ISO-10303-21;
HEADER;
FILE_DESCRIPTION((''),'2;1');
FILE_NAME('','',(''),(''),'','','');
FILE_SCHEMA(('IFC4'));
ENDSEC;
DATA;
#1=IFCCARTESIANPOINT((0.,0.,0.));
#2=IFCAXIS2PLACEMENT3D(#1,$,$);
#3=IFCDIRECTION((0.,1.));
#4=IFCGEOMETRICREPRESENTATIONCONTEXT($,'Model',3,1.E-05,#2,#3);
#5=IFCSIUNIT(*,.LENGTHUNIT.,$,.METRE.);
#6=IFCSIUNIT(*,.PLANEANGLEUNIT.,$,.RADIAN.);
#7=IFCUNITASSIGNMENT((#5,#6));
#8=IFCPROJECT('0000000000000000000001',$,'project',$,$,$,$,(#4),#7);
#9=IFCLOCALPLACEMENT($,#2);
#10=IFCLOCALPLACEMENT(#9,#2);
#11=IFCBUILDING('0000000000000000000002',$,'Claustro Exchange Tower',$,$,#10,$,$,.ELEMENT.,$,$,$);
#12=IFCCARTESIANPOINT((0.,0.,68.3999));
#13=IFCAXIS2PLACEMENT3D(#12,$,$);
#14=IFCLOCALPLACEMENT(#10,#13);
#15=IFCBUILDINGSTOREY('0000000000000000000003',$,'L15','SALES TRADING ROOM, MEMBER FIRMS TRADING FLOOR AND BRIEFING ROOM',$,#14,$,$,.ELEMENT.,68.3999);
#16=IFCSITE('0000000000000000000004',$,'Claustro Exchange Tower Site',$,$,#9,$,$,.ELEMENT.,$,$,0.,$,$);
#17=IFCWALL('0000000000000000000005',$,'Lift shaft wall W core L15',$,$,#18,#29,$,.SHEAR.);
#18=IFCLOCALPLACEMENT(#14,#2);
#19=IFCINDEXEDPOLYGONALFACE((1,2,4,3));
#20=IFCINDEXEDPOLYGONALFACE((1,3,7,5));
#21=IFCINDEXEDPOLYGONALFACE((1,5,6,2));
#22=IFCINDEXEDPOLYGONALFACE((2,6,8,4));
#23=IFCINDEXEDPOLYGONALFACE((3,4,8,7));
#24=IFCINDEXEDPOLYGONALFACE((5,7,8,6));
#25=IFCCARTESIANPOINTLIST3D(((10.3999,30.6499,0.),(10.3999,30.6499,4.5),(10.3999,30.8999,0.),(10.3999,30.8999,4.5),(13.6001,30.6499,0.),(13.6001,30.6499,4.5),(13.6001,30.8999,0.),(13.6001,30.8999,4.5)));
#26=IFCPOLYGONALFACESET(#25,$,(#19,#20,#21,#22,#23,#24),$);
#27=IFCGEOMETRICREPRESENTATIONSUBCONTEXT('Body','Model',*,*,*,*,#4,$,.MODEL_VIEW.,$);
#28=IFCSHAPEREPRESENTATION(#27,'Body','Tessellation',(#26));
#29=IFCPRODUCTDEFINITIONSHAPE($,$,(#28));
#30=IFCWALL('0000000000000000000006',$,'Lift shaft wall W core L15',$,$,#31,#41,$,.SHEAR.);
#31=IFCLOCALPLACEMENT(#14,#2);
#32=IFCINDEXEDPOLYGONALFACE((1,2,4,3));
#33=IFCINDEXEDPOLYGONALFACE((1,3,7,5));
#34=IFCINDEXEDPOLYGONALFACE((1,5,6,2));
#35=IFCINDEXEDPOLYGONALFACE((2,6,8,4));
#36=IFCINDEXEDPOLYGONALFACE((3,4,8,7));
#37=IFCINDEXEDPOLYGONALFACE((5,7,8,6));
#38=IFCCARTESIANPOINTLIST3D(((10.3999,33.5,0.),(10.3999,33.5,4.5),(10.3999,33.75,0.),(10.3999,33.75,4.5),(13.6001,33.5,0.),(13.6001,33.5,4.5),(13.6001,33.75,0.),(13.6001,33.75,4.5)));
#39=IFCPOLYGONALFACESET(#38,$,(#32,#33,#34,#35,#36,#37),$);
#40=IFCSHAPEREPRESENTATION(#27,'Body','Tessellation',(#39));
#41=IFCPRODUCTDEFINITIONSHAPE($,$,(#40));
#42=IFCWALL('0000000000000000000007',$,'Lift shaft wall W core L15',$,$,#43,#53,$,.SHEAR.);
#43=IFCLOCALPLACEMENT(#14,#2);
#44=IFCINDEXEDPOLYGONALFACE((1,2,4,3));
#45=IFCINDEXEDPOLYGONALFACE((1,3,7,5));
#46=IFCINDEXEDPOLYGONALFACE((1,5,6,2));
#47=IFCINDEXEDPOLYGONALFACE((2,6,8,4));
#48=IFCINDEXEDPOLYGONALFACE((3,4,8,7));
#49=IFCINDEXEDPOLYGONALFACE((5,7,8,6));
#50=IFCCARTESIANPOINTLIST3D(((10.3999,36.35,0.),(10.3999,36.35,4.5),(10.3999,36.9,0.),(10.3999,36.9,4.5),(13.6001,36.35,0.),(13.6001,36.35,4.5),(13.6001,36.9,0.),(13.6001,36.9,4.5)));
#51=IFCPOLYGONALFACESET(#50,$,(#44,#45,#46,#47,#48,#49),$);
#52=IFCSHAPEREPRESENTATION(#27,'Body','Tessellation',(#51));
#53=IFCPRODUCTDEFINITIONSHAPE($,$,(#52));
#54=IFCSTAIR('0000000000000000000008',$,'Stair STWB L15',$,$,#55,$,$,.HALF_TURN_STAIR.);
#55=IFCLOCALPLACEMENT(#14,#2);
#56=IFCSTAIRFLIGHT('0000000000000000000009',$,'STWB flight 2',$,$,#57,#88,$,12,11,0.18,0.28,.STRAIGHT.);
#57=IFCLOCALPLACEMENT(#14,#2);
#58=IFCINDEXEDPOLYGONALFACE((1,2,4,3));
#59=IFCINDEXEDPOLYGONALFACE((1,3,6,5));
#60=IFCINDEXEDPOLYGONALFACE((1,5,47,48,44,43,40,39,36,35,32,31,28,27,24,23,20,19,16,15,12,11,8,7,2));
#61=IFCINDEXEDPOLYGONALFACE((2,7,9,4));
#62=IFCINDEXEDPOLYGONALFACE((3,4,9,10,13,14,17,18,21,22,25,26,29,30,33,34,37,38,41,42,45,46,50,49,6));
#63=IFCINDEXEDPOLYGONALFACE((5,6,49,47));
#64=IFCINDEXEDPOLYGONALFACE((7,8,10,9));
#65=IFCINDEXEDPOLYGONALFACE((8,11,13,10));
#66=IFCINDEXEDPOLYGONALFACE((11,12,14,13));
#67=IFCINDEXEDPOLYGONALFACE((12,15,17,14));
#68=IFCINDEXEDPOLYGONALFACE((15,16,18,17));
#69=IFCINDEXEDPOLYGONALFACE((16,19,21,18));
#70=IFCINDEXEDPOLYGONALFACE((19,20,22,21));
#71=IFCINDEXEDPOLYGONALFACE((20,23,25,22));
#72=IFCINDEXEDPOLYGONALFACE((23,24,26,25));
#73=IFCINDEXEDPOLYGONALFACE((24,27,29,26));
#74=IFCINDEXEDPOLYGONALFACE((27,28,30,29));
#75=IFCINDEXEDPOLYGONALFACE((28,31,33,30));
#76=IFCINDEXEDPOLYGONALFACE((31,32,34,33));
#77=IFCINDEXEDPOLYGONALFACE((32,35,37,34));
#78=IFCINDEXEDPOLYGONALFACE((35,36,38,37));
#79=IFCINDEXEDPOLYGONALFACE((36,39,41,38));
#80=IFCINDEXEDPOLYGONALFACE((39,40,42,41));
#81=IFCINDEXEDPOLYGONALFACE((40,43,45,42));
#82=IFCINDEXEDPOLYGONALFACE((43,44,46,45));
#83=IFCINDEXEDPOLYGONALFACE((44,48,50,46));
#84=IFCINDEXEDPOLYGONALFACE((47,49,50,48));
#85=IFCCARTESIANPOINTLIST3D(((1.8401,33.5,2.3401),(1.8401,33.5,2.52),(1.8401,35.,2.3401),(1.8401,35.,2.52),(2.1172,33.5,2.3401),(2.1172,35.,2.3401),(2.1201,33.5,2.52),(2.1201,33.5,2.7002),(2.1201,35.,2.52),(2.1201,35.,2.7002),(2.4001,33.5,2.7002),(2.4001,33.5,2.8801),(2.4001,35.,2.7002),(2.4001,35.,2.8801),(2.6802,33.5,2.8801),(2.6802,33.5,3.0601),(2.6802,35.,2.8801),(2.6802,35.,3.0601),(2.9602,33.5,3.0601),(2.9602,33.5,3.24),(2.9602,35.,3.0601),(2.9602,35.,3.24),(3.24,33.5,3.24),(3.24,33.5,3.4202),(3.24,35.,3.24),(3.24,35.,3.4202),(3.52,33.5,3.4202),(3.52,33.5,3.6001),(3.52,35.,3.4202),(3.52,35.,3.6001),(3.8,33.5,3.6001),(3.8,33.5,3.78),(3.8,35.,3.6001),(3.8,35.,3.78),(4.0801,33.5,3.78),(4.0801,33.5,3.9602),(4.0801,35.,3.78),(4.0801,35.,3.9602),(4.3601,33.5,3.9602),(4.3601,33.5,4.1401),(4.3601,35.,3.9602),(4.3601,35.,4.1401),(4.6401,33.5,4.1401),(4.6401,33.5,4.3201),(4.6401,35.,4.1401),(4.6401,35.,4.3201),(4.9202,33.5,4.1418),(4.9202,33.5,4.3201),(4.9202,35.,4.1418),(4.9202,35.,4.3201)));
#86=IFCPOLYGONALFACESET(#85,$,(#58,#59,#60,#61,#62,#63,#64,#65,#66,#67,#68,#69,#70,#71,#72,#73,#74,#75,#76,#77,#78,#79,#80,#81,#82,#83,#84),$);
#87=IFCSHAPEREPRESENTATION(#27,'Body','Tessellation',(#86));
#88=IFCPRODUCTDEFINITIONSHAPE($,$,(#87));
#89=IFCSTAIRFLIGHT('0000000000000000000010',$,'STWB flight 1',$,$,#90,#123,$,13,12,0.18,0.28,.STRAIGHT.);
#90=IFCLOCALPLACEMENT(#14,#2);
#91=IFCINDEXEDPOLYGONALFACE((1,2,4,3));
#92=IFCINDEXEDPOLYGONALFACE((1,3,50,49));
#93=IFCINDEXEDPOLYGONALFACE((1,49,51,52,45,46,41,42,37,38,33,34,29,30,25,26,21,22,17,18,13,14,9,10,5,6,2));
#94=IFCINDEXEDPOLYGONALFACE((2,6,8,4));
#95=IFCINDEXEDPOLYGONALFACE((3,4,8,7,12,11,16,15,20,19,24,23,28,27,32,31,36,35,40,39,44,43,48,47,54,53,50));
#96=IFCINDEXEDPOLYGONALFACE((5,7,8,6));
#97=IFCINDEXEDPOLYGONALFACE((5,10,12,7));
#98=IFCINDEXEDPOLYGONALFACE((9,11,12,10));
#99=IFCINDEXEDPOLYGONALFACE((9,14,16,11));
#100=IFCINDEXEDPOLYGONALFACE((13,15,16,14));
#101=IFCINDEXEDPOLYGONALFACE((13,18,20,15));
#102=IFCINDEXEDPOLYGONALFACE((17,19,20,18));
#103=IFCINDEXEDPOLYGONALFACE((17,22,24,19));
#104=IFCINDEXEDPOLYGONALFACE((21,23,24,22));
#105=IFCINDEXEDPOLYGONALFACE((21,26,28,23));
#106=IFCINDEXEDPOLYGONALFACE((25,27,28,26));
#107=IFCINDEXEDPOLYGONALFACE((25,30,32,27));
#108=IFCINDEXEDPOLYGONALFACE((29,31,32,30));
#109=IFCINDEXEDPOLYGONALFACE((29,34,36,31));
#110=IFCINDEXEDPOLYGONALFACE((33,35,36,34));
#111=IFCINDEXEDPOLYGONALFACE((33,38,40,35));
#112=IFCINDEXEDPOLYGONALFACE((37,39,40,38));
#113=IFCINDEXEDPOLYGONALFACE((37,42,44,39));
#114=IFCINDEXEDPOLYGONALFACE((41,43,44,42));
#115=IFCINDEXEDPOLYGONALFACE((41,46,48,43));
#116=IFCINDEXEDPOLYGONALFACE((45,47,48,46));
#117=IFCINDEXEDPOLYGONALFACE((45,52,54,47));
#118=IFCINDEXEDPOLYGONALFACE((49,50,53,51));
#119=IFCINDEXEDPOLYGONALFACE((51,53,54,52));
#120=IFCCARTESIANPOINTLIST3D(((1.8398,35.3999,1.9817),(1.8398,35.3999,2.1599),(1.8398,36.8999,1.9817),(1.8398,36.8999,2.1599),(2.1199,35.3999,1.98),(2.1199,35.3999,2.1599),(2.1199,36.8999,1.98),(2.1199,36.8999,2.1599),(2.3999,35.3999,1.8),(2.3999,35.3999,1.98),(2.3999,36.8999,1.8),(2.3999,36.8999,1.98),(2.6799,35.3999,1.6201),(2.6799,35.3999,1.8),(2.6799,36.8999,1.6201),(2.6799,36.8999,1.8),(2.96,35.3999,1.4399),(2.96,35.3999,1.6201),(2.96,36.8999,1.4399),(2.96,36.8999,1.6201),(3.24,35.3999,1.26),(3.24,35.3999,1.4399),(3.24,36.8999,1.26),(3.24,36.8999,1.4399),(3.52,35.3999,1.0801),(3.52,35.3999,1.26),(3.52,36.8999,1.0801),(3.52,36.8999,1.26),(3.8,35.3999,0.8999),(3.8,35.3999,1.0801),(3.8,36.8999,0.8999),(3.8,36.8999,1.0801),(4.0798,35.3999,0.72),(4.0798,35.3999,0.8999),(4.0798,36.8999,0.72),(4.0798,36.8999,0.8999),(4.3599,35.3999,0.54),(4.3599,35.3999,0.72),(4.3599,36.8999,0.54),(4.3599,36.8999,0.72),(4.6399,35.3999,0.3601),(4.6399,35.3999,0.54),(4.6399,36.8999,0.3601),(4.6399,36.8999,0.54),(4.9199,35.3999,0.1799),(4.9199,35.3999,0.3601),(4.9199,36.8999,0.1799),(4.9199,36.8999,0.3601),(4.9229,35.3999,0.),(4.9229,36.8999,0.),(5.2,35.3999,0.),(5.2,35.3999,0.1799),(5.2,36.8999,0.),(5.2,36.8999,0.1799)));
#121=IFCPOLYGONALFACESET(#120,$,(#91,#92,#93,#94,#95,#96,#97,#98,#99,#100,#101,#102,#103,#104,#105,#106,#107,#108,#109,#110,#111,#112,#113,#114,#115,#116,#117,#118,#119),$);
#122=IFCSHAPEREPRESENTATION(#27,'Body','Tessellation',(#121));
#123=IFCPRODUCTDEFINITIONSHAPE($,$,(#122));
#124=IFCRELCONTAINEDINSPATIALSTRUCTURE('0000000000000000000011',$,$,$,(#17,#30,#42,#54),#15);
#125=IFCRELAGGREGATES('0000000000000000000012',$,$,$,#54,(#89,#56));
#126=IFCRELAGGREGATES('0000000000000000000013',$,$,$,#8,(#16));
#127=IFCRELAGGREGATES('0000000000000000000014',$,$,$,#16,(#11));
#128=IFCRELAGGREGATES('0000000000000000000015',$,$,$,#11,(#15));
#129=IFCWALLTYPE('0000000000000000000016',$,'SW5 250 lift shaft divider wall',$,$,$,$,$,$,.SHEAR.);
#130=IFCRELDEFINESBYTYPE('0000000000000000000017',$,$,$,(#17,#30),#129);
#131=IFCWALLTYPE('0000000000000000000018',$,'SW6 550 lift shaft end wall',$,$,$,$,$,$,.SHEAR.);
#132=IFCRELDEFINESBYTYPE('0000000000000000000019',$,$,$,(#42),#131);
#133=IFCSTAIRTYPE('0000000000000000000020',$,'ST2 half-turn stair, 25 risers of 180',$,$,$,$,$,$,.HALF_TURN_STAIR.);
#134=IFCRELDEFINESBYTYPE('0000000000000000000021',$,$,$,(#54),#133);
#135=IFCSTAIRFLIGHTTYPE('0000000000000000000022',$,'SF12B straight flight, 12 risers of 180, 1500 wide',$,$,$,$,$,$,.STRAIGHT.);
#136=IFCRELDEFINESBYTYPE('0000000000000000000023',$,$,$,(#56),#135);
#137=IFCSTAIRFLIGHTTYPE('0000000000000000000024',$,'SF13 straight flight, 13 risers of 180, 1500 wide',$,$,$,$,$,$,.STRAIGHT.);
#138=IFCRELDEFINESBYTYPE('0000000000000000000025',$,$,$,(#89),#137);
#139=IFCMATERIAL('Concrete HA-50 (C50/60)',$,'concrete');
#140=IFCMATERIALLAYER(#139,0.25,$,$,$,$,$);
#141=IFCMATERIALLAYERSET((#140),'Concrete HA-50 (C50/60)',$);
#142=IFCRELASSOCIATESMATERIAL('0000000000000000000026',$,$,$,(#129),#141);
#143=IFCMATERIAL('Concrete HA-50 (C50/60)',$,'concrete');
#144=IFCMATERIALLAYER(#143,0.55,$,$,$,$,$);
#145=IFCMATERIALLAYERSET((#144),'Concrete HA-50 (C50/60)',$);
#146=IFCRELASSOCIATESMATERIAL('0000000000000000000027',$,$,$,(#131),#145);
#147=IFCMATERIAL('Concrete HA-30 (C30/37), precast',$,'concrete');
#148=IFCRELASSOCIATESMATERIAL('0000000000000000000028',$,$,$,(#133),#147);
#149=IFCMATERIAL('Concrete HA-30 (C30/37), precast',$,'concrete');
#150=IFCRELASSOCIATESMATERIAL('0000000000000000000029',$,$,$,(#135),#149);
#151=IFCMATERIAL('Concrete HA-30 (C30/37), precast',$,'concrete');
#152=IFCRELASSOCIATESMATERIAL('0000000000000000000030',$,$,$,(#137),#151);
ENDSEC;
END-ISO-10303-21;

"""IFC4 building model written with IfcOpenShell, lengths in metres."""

from ifc_helpers import new_model, si_unit, direction, frame, frame_2d, origin, place, context, subcontext, project, spatial, polyline, rectangle, outline, extrude, material, layer, layer_set, type_object, element, aggregate, save


model = new_model("IFC4")

# Units and contexts
model_context = context("Model", 3, precision=1e-05, world=origin(), true_north=direction((0.0, 1.0)))
body_context = subcontext(model_context, "Body", "Model", "MODEL_VIEW")
ifc_project = project(units=[si_unit("LENGTHUNIT", "METRE"), si_unit("PLANEANGLEUNIT", "RADIAN")], contexts=[model_context])

# Site, building, storey
site_placement = place(None, origin())
site = spatial("IfcSite", under=ifc_project, at=site_placement, Name="Claustro Exchange Tower Site", CompositionType="ELEMENT", RefElevation=0.0)
building_placement = place(site_placement, origin())
building = spatial("IfcBuilding", under=site, at=building_placement, Name="Claustro Exchange Tower", CompositionType="ELEMENT")
storey_placement = place(building_placement, frame((0.0, 0.0, 68.3999)))
storey = spatial("IfcBuildingStorey", under=building, at=storey_placement, Name="L15", Description="SALES TRADING ROOM, MEMBER FIRMS TRADING FLOOR AND BRIEFING ROOM", CompositionType="ELEMENT", Elevation=68.3999)

# Walls
ifc_material_1 = material(Name="Concrete HA-50 (C50/60)", Category="concrete")
ifc_layer_1 = layer(ifc_material_1, 0.25)
ifc_layer_set_1 = layer_set([ifc_layer_1], Name="Concrete HA-50 (C50/60)")
wall_type_1 = type_object("IfcWallType", Name="SW5 250 lift shaft divider wall", PredefinedType="SHEAR", material=ifc_layer_set_1)
for number, where, z_axis, x_axis, name in (
    (1, (10.3999, 30.7749, 0.0), (0.0, 0.0, 1.0), (1.0, 0.0, 0.0), "Lift shaft wall W core L15"),
    (2, (10.3999, 33.625, 0.0), (0.0, 0.0, 1.0), (1.0, 0.0, 0.0), "Lift shaft wall W core L15"),
):
    element("IfcWall", number, at=place(storey_placement, frame(where, z_axis=z_axis, x_axis=x_axis)), inside=storey, type_object=wall_type_1, Name=name, PredefinedType="SHEAR", context=body_context, shape_type="SweptSolid", body=[
        extrude(rectangle(XDim=3.2002, YDim=0.25, at=frame_2d((1.6001, 0.0))), origin(), (0.0, 0.0, 1.0), 4.5),
    ])
ifc_material_2 = material(Name="Concrete HA-50 (C50/60)", Category="concrete")
ifc_layer_2 = layer(ifc_material_2, 0.55)
ifc_layer_set_2 = layer_set([ifc_layer_2], Name="Concrete HA-50 (C50/60)")
wall_type_2 = type_object("IfcWallType", Name="SW6 550 lift shaft end wall", PredefinedType="SHEAR", material=ifc_layer_set_2)
wall_1_placement = place(storey_placement, frame((10.3999, 36.625, 0.0), z_axis=(0.0, 0.0, 1.0), x_axis=(1.0, 0.0, 0.0)))
element("IfcWall", 3, at=wall_1_placement, inside=storey, type_object=wall_type_2, Name="Lift shaft wall W core L15", PredefinedType="SHEAR", context=body_context, shape_type="SweptSolid", body=[
    extrude(rectangle(XDim=3.2002, YDim=0.55, at=frame_2d((1.6001, 0.0))), origin(), (0.0, 0.0, 1.0), 4.5),
])

# Stair, stair flights
ifc_material_3 = material(Name="Concrete HA-30 (C30/37), precast", Category="concrete")
stair_type = type_object("IfcStairType", Name="ST2 half-turn stair, 25 risers of 180", PredefinedType="HALF_TURN_STAIR", material=ifc_material_3)
stair_placement = place(storey_placement, origin())
stair = element("IfcStair", 4, at=stair_placement, inside=storey, type_object=stair_type, Name="Stair STWB L15", PredefinedType="HALF_TURN_STAIR")
ifc_material_4 = material(Name="Concrete HA-30 (C30/37), precast", Category="concrete")
stair_flight_type_1 = type_object("IfcStairFlightType", Name="SF12B straight flight, 12 risers of 180, 1500 wide", PredefinedType="STRAIGHT", material=ifc_material_4)
stair_flight_1_placement = place(storey_placement, frame((1.8401, 34.25, 2.3401), z_axis=(0.0, 0.0, 1.0), x_axis=(1.0, 0.0, 0.0)))
stair_flight_1 = element("IfcStairFlight", 5, at=stair_flight_1_placement, type_object=stair_flight_type_1, Name="STWB flight 2", NumberOfRisers=12, NumberOfTreads=11, PredefinedType="STRAIGHT", RiserHeight=0.18, TreadLength=0.28, context=body_context, shape_type="SweptSolid", body=[
    extrude(outline(polyline([(0.0, 0.0), (0.0, 0.1799), (0.28, 0.1799), (0.28, 0.3601), (0.5601, 0.3601), (0.5601, 0.54), (0.8401, 0.54), (0.8401, 0.72), (1.1201, 0.72), (1.1201, 0.8999), (1.3999, 0.8999), (1.3999, 1.0801), (1.6799, 1.0801), (1.6799, 1.26), (1.96, 1.26), (1.96, 1.4399), (2.24, 1.4399), (2.24, 1.6201), (2.52, 1.6201), (2.52, 1.8), (2.8, 1.8), (2.8, 1.98), (3.0801, 1.98), (3.0801, 2.1599), (3.0801, 1.8018), (0.2771, 0.0), (0.0, 0.0)])), frame((0.0, 0.75, 0.0), z_axis=(0.0, -1.0, 0.0), x_axis=(1.0, 0.0, 0.0)), (0.0, 0.0, 1.0), 1.5),
])
ifc_material_5 = material(Name="Concrete HA-30 (C30/37), precast", Category="concrete")
stair_flight_type_2 = type_object("IfcStairFlightType", Name="SF13 straight flight, 13 risers of 180, 1500 wide", PredefinedType="STRAIGHT", material=ifc_material_5)
stair_flight_2_placement = place(storey_placement, frame((5.2, 36.1499, 0.0), z_axis=(0.0, 0.0, 1.0), x_axis=(-1.0, 0.0, 0.0)))
stair_flight_2 = element("IfcStairFlight", 6, at=stair_flight_2_placement, type_object=stair_flight_type_2, Name="STWB flight 1", NumberOfRisers=13, NumberOfTreads=12, PredefinedType="STRAIGHT", RiserHeight=0.18, TreadLength=0.28, context=body_context, shape_type="SweptSolid", body=[
    extrude(outline(polyline([(0.0, 0.0), (0.0, 0.1799), (0.28, 0.1799), (0.28, 0.3601), (0.5601, 0.3601), (0.5601, 0.54), (0.8401, 0.54), (0.8401, 0.72), (1.1201, 0.72), (1.1201, 0.8999), (1.3999, 0.8999), (1.3999, 1.0801), (1.6799, 1.0801), (1.6799, 1.26), (1.96, 1.26), (1.96, 1.4399), (2.24, 1.4399), (2.24, 1.6201), (2.52, 1.6201), (2.52, 1.8), (2.8, 1.8), (2.8, 1.98), (3.0801, 1.98), (3.0801, 2.1599), (3.3601, 2.1599), (3.3601, 2.3401), (3.3601, 1.9817), (0.2771, 0.0), (0.0, 0.0)])), frame((0.0, 0.75, 0.0), z_axis=(0.0, -1.0, 0.0), x_axis=(1.0, 0.0, 0.0)), (0.0, 0.0, 1.0), 1.5),
])
aggregate(stair, [stair_flight_2, stair_flight_1])

save(model, "model.ifc")
